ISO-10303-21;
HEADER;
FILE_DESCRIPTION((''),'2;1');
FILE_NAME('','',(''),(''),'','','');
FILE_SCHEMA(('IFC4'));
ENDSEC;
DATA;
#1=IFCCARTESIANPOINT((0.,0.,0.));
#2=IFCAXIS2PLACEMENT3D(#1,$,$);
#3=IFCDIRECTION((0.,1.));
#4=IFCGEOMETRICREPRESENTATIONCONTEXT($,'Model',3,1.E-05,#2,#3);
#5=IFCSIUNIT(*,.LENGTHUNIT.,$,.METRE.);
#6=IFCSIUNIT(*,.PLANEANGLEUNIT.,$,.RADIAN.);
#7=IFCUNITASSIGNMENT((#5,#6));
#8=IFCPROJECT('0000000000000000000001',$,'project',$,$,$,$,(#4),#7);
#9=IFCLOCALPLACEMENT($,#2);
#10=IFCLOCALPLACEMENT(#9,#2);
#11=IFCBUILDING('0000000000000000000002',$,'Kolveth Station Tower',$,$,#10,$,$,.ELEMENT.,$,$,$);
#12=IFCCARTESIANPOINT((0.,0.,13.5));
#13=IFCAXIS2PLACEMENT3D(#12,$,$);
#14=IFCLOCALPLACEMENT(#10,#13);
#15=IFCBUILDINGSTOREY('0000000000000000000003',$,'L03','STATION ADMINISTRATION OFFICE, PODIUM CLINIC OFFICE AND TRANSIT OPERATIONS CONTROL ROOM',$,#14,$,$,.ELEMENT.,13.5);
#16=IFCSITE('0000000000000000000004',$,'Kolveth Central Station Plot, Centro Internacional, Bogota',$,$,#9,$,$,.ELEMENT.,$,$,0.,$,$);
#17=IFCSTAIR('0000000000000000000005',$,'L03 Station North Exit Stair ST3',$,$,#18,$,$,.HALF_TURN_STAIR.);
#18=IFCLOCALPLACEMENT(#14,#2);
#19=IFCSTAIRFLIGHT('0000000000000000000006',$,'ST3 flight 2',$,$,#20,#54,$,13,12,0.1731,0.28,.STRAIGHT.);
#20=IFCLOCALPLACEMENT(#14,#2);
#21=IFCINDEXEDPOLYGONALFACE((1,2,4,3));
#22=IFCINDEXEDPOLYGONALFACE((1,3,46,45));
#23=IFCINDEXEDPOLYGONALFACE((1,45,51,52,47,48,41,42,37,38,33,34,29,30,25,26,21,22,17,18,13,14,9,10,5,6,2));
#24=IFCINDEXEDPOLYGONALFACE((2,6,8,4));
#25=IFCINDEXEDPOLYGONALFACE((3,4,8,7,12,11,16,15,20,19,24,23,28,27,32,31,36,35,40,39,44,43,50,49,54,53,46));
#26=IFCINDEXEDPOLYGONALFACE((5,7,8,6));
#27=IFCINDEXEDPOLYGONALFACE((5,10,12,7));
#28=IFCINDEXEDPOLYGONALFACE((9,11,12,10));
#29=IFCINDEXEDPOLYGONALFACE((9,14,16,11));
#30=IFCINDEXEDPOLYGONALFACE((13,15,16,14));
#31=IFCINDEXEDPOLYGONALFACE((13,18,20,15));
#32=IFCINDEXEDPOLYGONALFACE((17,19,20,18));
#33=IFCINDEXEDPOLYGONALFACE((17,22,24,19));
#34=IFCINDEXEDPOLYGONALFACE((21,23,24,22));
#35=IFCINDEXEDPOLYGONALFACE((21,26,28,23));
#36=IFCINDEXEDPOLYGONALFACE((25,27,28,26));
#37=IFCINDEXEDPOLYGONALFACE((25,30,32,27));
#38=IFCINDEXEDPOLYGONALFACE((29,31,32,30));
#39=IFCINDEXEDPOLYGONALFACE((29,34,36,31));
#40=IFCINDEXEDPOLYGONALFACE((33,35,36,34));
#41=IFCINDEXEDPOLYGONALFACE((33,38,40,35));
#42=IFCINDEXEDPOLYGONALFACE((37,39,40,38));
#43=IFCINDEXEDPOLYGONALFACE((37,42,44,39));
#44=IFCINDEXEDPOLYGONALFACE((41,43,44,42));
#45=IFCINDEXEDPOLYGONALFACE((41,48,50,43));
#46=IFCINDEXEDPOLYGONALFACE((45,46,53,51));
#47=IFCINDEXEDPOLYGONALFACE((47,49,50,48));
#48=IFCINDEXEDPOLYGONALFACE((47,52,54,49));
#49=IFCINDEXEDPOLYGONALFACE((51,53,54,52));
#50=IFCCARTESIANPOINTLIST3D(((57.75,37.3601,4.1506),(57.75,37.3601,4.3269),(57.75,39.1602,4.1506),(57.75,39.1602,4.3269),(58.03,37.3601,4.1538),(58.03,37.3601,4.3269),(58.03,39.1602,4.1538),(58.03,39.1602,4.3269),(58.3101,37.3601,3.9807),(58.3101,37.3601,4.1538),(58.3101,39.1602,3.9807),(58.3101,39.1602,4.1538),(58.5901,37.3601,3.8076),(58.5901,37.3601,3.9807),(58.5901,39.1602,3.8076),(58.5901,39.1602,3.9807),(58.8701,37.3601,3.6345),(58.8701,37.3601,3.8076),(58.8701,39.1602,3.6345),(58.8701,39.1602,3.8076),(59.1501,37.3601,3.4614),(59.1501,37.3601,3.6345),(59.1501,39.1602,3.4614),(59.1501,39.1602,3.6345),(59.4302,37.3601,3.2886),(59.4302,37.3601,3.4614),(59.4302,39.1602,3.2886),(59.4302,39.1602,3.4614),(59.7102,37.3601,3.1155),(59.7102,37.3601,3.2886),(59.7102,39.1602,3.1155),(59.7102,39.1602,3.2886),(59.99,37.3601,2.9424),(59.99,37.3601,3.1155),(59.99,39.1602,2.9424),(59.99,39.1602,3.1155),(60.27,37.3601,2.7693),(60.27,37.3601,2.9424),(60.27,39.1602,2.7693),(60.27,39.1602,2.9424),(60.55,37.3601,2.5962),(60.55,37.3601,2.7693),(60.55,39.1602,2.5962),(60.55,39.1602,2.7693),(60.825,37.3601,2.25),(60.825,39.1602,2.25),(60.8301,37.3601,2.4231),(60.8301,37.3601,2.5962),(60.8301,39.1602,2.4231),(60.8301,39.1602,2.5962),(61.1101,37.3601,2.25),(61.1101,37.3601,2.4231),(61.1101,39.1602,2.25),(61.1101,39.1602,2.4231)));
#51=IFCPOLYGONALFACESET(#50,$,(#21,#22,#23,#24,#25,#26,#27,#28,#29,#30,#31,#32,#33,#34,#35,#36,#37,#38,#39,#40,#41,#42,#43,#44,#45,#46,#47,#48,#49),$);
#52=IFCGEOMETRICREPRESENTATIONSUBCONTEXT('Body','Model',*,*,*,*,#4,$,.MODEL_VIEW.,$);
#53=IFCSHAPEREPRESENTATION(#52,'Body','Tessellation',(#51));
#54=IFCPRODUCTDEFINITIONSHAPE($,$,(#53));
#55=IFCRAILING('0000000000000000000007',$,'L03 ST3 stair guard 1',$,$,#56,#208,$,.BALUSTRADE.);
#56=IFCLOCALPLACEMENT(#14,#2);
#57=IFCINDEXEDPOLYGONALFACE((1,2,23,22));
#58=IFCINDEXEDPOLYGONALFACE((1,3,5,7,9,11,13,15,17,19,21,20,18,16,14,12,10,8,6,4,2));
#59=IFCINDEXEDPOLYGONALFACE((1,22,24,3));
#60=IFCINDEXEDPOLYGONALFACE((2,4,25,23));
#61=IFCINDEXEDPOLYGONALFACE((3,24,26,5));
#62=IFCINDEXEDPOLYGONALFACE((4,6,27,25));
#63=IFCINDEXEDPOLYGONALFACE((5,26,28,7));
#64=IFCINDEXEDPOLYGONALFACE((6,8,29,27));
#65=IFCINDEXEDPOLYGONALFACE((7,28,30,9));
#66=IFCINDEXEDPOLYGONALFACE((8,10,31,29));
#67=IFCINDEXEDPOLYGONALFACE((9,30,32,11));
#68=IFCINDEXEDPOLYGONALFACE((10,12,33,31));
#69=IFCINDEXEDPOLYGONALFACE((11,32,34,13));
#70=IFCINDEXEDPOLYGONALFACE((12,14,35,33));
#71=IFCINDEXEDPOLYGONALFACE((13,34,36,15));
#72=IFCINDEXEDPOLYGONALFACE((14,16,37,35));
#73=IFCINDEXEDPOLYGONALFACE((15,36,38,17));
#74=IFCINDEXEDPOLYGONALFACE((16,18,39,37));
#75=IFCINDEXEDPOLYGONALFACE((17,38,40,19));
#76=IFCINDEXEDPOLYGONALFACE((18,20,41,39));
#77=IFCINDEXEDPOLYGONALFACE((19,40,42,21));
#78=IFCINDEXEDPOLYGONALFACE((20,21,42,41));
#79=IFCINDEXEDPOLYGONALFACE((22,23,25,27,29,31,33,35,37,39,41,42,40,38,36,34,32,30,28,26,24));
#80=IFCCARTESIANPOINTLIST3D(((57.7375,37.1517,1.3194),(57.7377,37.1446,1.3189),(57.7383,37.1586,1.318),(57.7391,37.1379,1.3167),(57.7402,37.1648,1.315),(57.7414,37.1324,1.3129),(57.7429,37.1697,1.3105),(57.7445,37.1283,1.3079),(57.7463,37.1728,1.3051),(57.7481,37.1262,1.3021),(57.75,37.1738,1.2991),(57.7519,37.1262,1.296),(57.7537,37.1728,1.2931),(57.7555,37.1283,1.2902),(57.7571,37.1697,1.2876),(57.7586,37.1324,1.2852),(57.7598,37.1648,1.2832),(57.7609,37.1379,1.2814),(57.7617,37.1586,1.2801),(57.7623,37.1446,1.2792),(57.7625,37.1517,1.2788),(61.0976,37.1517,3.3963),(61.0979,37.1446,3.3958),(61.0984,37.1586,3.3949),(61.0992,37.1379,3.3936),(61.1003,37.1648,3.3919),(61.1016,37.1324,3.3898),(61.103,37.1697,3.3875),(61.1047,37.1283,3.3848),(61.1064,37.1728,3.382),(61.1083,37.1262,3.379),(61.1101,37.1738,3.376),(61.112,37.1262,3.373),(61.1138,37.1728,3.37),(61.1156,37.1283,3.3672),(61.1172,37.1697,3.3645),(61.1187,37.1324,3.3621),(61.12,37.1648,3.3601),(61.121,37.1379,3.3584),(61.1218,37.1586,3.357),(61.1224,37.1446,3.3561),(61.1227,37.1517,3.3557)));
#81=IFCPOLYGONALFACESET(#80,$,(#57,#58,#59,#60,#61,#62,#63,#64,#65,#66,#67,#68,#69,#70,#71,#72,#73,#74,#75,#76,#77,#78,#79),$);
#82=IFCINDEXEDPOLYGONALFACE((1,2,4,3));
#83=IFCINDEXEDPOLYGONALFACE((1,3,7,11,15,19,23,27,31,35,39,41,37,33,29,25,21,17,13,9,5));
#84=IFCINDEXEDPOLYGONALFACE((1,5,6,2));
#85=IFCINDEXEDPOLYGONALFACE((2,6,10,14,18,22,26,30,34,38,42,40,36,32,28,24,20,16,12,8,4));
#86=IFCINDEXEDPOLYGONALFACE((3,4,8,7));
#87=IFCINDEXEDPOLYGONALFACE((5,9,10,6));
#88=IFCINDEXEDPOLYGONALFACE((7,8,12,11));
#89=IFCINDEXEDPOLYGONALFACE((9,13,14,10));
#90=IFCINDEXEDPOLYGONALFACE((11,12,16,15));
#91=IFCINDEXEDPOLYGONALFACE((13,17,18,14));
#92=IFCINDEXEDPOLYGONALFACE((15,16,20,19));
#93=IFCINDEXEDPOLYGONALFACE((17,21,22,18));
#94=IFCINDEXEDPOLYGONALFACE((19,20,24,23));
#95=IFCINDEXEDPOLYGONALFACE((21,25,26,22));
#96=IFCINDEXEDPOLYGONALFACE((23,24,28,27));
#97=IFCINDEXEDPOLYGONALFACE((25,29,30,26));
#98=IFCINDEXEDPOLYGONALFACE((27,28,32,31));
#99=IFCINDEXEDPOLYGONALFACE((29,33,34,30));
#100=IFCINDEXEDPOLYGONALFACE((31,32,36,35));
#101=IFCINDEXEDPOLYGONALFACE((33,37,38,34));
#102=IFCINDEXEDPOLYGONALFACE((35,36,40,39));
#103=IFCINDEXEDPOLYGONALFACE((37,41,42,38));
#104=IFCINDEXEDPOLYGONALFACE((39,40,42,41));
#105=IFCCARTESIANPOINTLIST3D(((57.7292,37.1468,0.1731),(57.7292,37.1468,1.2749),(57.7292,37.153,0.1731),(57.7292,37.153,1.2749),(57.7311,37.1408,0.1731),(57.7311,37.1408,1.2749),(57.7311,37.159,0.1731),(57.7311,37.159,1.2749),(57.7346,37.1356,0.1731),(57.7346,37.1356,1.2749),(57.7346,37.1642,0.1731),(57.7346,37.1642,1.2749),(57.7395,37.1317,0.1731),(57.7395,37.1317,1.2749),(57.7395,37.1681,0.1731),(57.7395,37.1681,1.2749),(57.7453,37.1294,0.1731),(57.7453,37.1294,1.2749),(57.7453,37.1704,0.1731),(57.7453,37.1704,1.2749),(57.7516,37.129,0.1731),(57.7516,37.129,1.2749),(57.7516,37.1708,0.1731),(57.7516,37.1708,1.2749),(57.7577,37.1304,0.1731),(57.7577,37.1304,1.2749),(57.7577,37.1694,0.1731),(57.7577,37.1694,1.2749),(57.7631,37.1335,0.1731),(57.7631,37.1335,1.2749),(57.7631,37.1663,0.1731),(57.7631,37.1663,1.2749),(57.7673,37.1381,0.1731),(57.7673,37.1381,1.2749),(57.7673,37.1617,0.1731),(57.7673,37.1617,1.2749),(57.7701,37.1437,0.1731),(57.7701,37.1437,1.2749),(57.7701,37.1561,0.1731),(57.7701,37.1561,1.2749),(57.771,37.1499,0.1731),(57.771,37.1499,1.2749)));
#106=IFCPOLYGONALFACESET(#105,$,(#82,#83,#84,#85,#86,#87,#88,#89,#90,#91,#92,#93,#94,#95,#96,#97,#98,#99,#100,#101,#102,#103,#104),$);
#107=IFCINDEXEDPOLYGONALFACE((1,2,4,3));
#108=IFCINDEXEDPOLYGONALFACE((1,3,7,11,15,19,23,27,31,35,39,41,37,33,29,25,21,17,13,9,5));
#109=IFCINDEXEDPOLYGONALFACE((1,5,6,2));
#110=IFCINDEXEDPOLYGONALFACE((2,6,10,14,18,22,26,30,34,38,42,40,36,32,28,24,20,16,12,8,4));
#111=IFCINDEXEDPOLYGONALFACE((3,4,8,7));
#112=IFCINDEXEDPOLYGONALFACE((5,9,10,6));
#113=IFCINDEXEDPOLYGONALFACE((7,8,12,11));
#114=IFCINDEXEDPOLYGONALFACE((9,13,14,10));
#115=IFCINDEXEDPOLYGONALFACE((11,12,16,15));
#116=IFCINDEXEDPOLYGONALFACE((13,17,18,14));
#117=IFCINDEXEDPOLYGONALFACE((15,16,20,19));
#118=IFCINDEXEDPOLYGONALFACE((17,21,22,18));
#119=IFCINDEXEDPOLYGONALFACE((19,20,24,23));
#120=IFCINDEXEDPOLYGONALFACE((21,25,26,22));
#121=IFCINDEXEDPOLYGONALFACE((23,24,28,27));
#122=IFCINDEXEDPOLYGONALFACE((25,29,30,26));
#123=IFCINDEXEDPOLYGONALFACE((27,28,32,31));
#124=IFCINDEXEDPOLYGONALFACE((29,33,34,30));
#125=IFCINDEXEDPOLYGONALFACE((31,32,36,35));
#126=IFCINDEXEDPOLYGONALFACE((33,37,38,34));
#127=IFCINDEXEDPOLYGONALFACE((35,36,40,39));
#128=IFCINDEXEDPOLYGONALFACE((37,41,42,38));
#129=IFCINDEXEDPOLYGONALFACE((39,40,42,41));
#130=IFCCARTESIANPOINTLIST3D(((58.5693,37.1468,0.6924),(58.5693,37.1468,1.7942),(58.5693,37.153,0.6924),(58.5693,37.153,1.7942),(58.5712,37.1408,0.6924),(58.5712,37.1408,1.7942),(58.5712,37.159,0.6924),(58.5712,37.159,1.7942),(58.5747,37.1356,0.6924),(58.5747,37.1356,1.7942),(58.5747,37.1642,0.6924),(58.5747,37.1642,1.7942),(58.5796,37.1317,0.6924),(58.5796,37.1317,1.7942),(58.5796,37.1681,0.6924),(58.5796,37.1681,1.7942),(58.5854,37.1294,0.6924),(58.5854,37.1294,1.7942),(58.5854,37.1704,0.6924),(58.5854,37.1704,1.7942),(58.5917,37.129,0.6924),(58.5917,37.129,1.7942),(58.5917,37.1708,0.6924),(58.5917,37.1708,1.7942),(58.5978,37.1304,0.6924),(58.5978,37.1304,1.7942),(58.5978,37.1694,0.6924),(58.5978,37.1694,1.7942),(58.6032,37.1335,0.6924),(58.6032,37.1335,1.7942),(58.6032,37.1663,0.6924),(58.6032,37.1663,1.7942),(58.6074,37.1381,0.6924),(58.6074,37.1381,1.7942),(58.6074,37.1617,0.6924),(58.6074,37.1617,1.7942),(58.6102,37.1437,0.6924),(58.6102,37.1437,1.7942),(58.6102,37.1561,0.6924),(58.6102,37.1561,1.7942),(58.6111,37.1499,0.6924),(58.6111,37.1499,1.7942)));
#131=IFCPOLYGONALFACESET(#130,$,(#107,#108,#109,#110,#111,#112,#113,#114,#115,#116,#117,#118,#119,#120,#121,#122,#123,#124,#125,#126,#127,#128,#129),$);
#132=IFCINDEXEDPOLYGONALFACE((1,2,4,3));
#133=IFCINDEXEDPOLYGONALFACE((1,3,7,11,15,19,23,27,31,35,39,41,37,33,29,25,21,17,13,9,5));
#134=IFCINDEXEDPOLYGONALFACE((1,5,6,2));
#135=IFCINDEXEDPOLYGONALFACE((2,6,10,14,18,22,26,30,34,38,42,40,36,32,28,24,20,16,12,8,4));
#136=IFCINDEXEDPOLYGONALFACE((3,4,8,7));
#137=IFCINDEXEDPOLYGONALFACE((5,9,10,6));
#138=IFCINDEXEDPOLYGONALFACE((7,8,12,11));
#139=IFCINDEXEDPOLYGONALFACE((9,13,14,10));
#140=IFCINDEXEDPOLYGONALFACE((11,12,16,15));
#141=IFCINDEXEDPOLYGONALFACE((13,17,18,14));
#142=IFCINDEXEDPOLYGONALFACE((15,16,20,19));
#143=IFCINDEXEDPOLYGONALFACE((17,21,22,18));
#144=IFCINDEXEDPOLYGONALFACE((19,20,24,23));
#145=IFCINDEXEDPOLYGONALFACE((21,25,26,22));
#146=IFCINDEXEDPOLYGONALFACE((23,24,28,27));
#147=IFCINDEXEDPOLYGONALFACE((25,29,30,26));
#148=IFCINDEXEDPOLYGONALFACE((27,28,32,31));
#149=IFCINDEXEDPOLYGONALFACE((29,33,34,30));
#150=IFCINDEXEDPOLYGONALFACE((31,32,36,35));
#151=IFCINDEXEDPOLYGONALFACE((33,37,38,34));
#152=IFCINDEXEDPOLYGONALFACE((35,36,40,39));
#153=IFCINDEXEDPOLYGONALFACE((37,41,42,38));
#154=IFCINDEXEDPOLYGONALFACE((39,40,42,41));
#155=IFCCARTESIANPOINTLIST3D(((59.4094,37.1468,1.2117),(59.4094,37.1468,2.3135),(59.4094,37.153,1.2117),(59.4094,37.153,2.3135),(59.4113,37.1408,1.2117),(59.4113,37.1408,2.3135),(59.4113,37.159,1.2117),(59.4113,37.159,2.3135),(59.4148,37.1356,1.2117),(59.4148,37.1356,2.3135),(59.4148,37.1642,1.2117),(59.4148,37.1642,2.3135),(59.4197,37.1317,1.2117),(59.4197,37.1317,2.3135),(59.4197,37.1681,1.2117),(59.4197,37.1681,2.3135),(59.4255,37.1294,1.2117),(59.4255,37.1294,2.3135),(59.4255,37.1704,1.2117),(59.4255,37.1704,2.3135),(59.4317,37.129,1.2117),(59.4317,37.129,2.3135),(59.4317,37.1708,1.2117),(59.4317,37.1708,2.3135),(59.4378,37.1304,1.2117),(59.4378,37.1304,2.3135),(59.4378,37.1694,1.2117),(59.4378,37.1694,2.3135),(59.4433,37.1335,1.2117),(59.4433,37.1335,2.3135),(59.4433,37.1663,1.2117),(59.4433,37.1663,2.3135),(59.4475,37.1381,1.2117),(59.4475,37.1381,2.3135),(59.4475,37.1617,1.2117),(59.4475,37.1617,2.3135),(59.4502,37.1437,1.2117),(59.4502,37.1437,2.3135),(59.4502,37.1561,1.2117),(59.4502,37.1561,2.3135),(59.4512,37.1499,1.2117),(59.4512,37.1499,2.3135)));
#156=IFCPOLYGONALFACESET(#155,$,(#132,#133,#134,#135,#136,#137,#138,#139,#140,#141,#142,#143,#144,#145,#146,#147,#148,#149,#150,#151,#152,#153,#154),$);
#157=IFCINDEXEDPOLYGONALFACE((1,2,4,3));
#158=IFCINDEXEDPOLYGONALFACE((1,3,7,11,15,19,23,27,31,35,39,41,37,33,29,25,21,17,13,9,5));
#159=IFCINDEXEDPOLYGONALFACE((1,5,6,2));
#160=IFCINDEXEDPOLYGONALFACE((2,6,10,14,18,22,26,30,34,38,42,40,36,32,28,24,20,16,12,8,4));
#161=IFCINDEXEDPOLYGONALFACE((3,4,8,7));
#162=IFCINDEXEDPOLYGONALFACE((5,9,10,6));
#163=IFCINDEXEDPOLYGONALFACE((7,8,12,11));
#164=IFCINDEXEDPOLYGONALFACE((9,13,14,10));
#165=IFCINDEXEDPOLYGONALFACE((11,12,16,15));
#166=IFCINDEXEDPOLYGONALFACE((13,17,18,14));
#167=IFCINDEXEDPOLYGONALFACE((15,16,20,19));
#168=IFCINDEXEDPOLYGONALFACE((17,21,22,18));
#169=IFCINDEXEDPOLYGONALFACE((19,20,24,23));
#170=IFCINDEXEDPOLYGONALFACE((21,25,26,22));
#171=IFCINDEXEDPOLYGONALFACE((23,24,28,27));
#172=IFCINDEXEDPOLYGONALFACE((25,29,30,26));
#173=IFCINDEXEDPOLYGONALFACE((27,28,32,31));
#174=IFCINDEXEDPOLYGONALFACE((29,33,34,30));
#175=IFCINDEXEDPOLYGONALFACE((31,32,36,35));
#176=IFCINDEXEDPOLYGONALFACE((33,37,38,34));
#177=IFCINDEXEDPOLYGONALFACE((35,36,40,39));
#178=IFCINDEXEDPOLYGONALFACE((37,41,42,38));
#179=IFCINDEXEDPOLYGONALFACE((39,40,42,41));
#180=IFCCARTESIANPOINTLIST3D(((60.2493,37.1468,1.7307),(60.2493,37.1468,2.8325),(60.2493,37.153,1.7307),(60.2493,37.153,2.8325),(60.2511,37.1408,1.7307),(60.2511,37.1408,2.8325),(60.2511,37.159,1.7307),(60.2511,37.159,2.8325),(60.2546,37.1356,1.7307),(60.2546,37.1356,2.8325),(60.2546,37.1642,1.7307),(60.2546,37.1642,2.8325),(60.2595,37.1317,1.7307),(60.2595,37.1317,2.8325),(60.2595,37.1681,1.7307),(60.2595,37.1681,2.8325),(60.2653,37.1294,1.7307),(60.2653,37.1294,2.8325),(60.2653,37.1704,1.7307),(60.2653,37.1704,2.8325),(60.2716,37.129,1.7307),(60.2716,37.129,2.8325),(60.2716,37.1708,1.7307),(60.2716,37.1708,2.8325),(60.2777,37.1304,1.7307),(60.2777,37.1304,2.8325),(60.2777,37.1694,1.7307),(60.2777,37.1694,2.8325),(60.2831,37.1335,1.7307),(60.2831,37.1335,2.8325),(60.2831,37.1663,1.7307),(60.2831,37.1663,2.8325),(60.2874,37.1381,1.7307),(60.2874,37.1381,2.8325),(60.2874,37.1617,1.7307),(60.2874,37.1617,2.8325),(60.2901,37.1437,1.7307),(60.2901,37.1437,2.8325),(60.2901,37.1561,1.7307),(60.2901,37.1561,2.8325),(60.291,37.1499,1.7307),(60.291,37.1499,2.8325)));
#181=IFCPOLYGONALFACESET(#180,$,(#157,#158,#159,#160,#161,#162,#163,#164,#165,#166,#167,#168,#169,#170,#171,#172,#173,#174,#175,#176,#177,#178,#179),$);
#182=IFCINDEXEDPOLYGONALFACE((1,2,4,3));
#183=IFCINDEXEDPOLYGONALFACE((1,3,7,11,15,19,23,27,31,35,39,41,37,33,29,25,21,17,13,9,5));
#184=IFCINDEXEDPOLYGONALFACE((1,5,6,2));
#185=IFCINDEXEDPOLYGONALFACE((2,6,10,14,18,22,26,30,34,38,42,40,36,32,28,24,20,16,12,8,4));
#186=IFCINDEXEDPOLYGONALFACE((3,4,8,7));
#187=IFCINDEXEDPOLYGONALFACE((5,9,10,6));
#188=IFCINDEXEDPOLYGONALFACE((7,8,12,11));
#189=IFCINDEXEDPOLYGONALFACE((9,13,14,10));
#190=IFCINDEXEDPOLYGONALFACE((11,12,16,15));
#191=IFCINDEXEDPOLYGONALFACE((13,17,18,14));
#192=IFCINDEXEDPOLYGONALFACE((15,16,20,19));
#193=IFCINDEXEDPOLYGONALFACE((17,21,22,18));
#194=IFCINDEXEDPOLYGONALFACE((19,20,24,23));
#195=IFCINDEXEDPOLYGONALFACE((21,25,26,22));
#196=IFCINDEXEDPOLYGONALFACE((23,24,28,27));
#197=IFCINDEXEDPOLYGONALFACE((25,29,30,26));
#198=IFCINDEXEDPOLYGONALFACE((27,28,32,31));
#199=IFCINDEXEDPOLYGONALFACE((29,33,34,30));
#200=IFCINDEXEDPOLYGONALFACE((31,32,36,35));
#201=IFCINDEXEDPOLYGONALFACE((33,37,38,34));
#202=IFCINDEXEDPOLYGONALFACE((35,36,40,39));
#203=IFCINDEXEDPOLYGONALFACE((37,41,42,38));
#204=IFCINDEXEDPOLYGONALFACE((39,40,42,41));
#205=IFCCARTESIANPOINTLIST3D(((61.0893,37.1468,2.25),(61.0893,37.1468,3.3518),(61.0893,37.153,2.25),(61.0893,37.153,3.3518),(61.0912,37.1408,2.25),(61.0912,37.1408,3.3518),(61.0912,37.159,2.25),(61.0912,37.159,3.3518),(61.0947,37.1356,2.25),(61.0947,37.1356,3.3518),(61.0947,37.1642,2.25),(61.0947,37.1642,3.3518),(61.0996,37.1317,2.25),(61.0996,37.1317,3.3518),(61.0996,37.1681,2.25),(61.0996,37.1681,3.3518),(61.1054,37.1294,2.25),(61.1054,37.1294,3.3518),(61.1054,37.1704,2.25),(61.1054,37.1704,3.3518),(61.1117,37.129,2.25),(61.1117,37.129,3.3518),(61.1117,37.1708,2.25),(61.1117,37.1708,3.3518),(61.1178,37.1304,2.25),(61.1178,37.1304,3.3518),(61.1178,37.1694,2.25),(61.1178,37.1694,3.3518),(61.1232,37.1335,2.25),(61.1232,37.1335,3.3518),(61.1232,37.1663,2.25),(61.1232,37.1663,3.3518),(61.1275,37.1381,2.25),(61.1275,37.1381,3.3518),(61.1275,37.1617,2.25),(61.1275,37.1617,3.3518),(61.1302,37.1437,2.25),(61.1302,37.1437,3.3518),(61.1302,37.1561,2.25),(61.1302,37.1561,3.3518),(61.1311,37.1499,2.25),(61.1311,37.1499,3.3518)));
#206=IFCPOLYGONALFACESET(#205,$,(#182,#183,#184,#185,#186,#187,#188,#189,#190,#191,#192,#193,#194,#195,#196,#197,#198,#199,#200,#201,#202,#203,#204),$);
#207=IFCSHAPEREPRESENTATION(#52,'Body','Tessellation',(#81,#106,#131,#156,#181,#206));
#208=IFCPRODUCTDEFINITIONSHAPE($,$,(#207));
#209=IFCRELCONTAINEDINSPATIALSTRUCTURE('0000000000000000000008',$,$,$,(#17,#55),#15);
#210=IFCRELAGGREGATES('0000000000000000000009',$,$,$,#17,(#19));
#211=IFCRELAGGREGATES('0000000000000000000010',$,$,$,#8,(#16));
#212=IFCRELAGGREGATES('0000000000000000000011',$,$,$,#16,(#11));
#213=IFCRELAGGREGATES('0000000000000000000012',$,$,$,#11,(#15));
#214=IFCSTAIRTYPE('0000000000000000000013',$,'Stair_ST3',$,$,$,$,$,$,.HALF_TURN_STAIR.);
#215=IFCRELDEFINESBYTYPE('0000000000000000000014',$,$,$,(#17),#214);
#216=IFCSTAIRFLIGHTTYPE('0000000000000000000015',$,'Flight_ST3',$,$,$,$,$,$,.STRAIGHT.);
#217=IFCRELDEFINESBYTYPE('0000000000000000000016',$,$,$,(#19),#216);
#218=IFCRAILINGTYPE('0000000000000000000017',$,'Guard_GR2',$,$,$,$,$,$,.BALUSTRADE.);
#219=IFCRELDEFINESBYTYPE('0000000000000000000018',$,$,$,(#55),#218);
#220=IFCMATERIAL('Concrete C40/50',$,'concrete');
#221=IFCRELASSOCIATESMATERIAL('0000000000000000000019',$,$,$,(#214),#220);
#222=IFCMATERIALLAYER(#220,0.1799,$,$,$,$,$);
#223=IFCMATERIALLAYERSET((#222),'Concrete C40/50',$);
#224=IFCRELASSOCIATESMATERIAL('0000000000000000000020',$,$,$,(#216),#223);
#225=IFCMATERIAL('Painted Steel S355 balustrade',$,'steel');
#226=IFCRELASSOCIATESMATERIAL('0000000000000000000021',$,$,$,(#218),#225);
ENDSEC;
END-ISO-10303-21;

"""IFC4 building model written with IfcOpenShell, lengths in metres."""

from ifc_helpers import new_model, si_unit, direction, frame, origin, origin_2d, place, context, subcontext, project, spatial, polyline, circle, outline, extrude, material, layer, layer_set, type_object, element, aggregate, save


model = new_model("IFC4")

# Units and contexts
model_context = context("Model", 3, precision=1e-05, world=origin(), true_north=direction((0.0, 1.0)))
body_context = subcontext(model_context, "Body", "Model", "MODEL_VIEW")
ifc_project = project(units=[si_unit("LENGTHUNIT", "METRE"), si_unit("PLANEANGLEUNIT", "RADIAN")], contexts=[model_context])

# Site, building, storey
site_placement = place(None, origin())
site = spatial("IfcSite", under=ifc_project, at=site_placement, Name="Kolveth Central Station Plot, Centro Internacional, Bogota", CompositionType="ELEMENT", RefElevation=0.0)
building_placement = place(site_placement, origin())
building = spatial("IfcBuilding", under=site, at=building_placement, Name="Kolveth Station Tower", CompositionType="ELEMENT")
storey_placement = place(building_placement, frame((0.0, 0.0, 13.5)))
storey = spatial("IfcBuildingStorey", under=building, at=storey_placement, Name="L03", Description="STATION ADMINISTRATION OFFICE, PODIUM CLINIC OFFICE AND TRANSIT OPERATIONS CONTROL ROOM", CompositionType="ELEMENT", Elevation=13.5)

# Shared definitions
ifc_material_1 = material(Name="Concrete C40/50", Category="concrete")

# Stair, stair flight
stair_type = type_object("IfcStairType", Name="Stair_ST3", PredefinedType="HALF_TURN_STAIR", material=ifc_material_1)
stair_placement = place(storey_placement, origin())
stair = element("IfcStair", 1, at=stair_placement, inside=storey, type_object=stair_type, Name="L03 Station North Exit Stair ST3", PredefinedType="HALF_TURN_STAIR")
ifc_layer_1 = layer(ifc_material_1, 0.1799)
ifc_layer_set_1 = layer_set([ifc_layer_1], Name="Concrete C40/50")
stair_flight_type = type_object("IfcStairFlightType", Name="Flight_ST3", PredefinedType="STRAIGHT", material=ifc_layer_set_1)
stair_flight_1_placement = place(storey_placement, frame((61.1101, 38.26, 2.25), z_axis=(0.0, 0.0, 1.0), x_axis=(-1.0, 0.0, 0.0)))
stair_flight_1 = element("IfcStairFlight", 2, at=stair_flight_1_placement, type_object=stair_flight_type, Name="ST3 flight 2", NumberOfRisers=13, NumberOfTreads=12, PredefinedType="STRAIGHT", RiserHeight=0.1731, TreadLength=0.28, context=body_context, shape_type="SweptSolid", body=[
    extrude(outline(polyline([(0.0, 0.0), (0.0, 0.1731), (0.28, 0.1731), (0.28, 0.3462), (0.5601, 0.3462), (0.5601, 0.5193), (0.8401, 0.5193), (0.8401, 0.6924), (1.1201, 0.6924), (1.1201, 0.8655), (1.3999, 0.8655), (1.3999, 1.0386), (1.6799, 1.0386), (1.6799, 1.2114), (1.96, 1.2114), (1.96, 1.3845), (2.24, 1.3845), (2.24, 1.5576), (2.52, 1.5576), (2.52, 1.7307), (2.8, 1.7307), (2.8, 1.9038), (3.0801, 1.9038), (3.0801, 2.0769), (3.3601, 2.0769), (3.3601, 2.25), (3.3601, 1.9006), (0.2852, 0.0), (0.0, 0.0)])), frame((0.0, 0.8999, 0.0), z_axis=(0.0, -1.0, 0.0), x_axis=(1.0, 0.0, 0.0)), (0.0, 0.0, 1.0), 1.8),
])
aggregate(stair, [stair_flight_1])

# Railing
ifc_material_2 = material(Name="Painted Steel S355 balustrade", Category="steel")
railing_type_1 = type_object("IfcRailingType", Name="Guard_GR2", PredefinedType="BALUSTRADE", material=ifc_material_2)
railing_1_placement = place(storey_placement, frame((57.75, 37.1499, 0.1731)))
element("IfcRailing", 3, at=railing_1_placement, inside=storey, type_object=railing_type_1, Name="L03 ST3 stair guard 1", PredefinedType="BALUSTRADE", context=body_context, shape_type="SweptSolid", body=[
    extrude(circle(Radius=0.0239, at=origin_2d()), frame((0.0, 0.0, 1.126), z_axis=(0.850623, 0.0, 0.525776), x_axis=(0.0, 1.0, 0.0)), (0.0, 0.0, 1.0), 3.9502),
    extrude(circle(Radius=0.021, at=origin_2d()), origin(), (0.0, 0.0, 1.0), 1.1018),
    extrude(circle(Radius=0.021, at=origin_2d()), frame((0.8401, 0.0, 0.5193)), (0.0, 0.0, 1.0), 1.1018),
    extrude(circle(Radius=0.021, at=origin_2d()), frame((1.6802, 0.0, 1.0386)), (0.0, 0.0, 1.0), 1.1018),
    extrude(circle(Radius=0.021, at=origin_2d()), frame((2.52, 0.0, 1.5576)), (0.0, 0.0, 1.0), 1.1018),
    extrude(circle(Radius=0.021, at=origin_2d()), frame((3.3601, 0.0, 2.0769)), (0.0, 0.0, 1.0), 1.1018),
])

save(model, "model.ifc")
